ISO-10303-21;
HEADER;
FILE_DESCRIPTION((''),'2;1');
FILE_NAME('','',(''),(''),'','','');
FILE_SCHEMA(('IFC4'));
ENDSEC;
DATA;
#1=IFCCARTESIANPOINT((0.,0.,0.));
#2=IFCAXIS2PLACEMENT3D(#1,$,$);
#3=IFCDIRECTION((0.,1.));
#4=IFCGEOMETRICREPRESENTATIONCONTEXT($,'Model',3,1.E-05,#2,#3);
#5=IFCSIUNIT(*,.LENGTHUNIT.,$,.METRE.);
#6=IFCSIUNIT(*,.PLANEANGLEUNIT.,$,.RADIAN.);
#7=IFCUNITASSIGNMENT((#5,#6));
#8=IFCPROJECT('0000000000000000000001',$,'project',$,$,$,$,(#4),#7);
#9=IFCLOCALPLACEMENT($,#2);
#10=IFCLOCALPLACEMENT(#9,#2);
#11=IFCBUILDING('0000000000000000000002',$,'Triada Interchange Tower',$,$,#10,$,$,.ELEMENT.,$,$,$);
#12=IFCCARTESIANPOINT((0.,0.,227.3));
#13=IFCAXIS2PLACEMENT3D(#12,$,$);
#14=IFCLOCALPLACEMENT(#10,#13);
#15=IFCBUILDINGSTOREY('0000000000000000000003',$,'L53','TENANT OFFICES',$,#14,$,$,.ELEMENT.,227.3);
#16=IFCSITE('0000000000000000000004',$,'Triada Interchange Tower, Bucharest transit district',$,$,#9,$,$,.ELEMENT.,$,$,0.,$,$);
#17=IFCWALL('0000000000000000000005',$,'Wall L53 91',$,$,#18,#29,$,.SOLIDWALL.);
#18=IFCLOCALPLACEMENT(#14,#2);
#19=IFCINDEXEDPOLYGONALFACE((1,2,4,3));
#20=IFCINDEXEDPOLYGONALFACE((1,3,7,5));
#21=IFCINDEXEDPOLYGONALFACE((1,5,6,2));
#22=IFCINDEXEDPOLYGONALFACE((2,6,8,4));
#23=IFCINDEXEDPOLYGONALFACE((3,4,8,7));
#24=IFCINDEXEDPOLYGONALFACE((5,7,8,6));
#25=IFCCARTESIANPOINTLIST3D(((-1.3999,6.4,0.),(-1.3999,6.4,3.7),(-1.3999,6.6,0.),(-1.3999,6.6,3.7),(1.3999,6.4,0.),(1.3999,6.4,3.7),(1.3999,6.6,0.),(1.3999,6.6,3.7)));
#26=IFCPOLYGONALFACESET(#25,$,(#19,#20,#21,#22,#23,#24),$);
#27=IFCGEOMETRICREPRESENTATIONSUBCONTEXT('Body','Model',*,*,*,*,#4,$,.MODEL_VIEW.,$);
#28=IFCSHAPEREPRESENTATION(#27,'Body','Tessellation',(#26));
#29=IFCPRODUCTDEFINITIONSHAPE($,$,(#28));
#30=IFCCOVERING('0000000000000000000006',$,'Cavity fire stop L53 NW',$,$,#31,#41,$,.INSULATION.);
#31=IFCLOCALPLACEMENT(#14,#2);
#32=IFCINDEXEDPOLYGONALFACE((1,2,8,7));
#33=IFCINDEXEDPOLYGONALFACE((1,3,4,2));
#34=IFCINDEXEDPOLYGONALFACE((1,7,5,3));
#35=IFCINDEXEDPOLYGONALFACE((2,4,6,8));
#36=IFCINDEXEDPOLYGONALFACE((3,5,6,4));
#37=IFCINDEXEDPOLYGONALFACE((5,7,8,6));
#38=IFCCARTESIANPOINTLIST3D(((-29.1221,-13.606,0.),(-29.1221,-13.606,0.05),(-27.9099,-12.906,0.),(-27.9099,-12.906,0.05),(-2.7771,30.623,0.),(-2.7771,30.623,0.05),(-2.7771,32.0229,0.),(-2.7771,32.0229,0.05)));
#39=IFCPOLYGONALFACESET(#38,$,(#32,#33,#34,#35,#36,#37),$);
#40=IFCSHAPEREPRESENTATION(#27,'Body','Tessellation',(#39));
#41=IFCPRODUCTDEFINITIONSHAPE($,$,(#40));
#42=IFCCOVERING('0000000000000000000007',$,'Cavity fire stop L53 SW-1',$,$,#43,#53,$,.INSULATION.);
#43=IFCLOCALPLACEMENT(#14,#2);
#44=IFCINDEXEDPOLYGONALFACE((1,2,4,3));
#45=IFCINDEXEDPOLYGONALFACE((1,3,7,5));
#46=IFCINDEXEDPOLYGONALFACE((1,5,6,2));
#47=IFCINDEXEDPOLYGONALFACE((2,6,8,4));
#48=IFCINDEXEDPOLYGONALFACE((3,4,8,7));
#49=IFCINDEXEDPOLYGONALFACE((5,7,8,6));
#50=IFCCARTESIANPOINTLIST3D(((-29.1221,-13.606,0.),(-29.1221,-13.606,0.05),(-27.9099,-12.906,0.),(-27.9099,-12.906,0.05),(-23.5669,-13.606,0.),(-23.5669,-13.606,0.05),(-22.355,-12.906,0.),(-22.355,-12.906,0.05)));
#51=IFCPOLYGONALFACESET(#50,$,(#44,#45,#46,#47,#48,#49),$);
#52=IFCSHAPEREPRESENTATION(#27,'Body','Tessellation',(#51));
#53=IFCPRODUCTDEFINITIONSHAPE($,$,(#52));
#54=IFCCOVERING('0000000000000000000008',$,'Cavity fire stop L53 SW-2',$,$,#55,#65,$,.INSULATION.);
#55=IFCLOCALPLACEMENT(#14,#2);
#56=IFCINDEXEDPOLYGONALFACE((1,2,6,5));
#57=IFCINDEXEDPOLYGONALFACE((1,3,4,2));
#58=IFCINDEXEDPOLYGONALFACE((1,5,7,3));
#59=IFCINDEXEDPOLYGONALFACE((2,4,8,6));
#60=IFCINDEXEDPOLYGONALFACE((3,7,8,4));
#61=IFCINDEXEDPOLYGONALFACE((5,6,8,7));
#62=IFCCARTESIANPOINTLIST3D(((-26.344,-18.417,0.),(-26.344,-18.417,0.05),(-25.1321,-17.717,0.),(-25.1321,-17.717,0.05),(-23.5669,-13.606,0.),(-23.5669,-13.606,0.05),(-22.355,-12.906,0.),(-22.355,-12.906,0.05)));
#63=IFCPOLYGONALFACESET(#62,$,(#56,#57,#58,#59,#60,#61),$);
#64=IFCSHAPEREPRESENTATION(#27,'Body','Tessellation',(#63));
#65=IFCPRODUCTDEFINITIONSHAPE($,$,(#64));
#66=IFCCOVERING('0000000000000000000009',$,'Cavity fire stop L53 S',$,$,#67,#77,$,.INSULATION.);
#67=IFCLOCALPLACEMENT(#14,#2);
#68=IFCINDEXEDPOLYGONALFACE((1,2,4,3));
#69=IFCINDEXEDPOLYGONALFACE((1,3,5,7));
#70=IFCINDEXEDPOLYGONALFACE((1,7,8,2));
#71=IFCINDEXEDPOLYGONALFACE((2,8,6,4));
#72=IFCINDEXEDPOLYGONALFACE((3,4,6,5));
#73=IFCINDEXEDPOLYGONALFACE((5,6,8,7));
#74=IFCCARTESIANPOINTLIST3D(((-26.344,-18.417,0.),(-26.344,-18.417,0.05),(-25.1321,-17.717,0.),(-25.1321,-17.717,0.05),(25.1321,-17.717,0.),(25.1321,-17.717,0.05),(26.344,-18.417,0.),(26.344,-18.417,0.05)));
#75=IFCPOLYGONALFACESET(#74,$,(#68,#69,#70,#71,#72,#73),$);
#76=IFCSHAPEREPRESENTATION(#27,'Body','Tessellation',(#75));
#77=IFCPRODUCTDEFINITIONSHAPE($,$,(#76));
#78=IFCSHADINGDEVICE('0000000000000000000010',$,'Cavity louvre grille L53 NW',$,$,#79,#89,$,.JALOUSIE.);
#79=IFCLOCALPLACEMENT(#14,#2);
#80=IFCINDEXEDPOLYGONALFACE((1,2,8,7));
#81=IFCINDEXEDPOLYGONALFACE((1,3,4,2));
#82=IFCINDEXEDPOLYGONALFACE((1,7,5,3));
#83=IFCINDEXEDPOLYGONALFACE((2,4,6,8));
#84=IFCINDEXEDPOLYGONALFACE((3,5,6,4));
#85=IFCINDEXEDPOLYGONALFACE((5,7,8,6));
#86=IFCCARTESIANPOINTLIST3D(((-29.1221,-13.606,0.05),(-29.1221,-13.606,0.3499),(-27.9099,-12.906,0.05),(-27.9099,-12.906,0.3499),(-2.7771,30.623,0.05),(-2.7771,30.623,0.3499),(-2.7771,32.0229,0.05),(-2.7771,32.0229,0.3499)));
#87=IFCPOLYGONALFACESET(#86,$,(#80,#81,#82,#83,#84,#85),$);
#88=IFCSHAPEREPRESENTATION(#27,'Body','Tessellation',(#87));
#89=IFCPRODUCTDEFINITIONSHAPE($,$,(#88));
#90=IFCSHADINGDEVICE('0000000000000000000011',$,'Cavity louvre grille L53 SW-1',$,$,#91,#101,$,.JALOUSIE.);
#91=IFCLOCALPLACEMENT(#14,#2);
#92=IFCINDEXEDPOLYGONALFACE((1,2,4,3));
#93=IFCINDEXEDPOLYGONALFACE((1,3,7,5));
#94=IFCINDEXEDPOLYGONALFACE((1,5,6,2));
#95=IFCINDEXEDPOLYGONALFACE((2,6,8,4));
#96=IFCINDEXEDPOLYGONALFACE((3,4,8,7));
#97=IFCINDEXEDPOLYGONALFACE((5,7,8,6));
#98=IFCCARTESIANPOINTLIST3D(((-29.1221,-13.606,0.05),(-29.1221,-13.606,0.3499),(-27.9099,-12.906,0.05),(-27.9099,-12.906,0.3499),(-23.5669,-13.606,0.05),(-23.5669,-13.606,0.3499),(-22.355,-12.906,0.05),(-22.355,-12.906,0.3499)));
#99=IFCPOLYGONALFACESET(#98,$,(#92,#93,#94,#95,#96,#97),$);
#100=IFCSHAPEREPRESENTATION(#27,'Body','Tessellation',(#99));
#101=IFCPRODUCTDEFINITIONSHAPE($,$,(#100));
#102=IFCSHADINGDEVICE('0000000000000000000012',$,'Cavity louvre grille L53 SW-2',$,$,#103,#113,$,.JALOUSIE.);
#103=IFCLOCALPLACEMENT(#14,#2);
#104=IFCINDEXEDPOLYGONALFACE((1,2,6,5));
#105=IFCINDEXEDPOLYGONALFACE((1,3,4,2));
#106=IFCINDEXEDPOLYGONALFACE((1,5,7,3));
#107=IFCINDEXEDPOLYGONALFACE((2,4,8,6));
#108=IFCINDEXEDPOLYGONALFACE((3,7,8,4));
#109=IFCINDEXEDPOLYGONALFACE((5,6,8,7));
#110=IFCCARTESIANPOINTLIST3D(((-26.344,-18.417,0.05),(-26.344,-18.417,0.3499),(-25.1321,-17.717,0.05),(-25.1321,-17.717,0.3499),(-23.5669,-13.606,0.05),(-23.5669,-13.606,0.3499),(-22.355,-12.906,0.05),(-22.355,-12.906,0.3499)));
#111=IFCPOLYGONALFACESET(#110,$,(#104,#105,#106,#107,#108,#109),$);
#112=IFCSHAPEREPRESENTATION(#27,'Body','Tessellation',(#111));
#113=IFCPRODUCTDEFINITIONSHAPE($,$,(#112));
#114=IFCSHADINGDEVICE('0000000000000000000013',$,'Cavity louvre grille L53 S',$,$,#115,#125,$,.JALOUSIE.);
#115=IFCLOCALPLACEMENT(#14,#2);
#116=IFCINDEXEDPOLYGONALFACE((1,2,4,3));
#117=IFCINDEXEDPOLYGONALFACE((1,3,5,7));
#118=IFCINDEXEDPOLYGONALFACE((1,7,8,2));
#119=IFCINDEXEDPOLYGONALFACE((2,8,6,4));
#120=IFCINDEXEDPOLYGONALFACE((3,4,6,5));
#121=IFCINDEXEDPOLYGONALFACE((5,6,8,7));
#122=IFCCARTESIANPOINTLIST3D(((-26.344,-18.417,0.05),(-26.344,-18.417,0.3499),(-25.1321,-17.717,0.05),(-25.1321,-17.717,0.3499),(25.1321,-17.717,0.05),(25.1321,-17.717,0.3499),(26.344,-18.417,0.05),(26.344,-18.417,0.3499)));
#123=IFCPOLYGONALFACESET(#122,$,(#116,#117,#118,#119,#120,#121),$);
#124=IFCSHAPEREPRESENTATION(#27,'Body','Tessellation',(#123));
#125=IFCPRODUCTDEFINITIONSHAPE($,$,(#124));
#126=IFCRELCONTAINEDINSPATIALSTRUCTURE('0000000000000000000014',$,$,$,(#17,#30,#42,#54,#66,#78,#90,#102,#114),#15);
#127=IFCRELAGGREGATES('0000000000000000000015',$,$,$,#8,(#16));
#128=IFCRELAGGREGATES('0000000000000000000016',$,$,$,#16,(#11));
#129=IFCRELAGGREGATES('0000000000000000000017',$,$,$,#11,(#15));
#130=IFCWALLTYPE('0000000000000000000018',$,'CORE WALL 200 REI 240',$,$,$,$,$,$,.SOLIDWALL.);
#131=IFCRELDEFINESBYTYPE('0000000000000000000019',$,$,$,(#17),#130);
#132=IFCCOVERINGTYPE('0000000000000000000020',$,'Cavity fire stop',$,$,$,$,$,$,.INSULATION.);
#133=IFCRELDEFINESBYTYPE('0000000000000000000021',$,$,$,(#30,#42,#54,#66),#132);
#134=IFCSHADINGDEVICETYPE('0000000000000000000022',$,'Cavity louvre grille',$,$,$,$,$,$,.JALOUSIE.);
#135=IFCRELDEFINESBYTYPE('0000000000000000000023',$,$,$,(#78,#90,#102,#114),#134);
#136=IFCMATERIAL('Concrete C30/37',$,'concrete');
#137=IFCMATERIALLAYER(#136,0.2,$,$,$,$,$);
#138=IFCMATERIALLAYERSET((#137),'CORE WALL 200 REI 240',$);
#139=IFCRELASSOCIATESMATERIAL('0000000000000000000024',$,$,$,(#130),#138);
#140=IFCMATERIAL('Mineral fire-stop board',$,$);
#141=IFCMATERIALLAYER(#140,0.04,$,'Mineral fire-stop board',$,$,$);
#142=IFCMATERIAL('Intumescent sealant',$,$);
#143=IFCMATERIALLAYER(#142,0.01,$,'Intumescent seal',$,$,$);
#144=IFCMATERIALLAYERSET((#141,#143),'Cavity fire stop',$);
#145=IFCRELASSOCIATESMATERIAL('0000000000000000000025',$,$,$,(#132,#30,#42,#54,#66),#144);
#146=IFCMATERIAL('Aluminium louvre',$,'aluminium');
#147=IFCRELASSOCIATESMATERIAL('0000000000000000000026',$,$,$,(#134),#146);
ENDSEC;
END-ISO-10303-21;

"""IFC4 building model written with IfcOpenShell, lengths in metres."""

from ifc_helpers import new_model, si_unit, direction, frame, frame_2d, origin, place, context, subcontext, project, spatial, polyline, rectangle, outline, extrude, material, layer, layer_set, layer_usage, type_object, element, save


model = new_model("IFC4")

# Units and contexts
model_context = context("Model", 3, precision=1e-05, world=origin(), true_north=direction((0.0, 1.0)))
body_context = subcontext(model_context, "Body", "Model", "MODEL_VIEW")
ifc_project = project(units=[si_unit("LENGTHUNIT", "METRE"), si_unit("PLANEANGLEUNIT", "RADIAN")], contexts=[model_context])

# Site, building, storey
site_placement = place(None, origin())
site = spatial("IfcSite", under=ifc_project, at=site_placement, Name="Triada Interchange Tower, Bucharest transit district", CompositionType="ELEMENT", RefElevation=0.0)
building_placement = place(site_placement, origin())
building = spatial("IfcBuilding", under=site, at=building_placement, Name="Triada Interchange Tower", CompositionType="ELEMENT")
storey_placement = place(building_placement, frame((0.0, 0.0, 227.3)))
storey = spatial("IfcBuildingStorey", under=building, at=storey_placement, Name="L53", Description="TENANT OFFICES", CompositionType="ELEMENT", Elevation=227.3)

# Shared definitions
ifc_material_1 = material(Name="Concrete C30/37", Category="concrete")

# Wall
ifc_layer_1 = layer(ifc_material_1, 0.2)
ifc_layer_set_1 = layer_set([ifc_layer_1], Name="CORE WALL 200 REI 240")
wall_type_1 = type_object("IfcWallType", Name="CORE WALL 200 REI 240", PredefinedType="SOLIDWALL", material=ifc_layer_set_1)
wall_1_placement = place(storey_placement, frame((-1.3999, 6.5, 0.0), z_axis=(0.0, 0.0, 1.0), x_axis=(1.0, 0.0, 0.0)))
element("IfcWall", 1, at=wall_1_placement, inside=storey, type_object=wall_type_1, Name="Wall L53 91", PredefinedType="SOLIDWALL", context=body_context, shape_type="SweptSolid", body=[
    extrude(rectangle(XDim=2.7998, YDim=0.2, at=frame_2d((1.3999, 0.0))), origin(), (0.0, 0.0, 1.0), 3.7),
])

# Coverings
ifc_material_2 = material(Name="Mineral fire-stop board")
ifc_layer_2 = layer(ifc_material_2, 0.04, Name="Mineral fire-stop board")
ifc_material_3 = material(Name="Intumescent sealant")
ifc_layer_3 = layer(ifc_material_3, 0.01, Name="Intumescent seal")
ifc_layer_set_2 = layer_set([ifc_layer_2, ifc_layer_3], Name="Cavity fire stop")
ifc_layer_usage = layer_usage(ifc_layer_set_2, "AXIS3", "POSITIVE", 0.0)
covering_type = type_object("IfcCoveringType", Name="Cavity fire stop", PredefinedType="INSULATION", material=ifc_layer_set_2)
covering_1_placement = place(storey_placement, origin())
element("IfcCovering", 2, at=covering_1_placement, inside=storey, type_object=covering_type, material=ifc_layer_usage, Name="Cavity fire stop L53 NW", PredefinedType="INSULATION", context=body_context, shape_type="SweptSolid", body=[
    extrude(outline(polyline([(-2.7771, 30.623), (-2.7771, 32.0229), (-29.1221, -13.606), (-27.9099, -12.906), (-2.7771, 30.623)])), origin(), (0.0, 0.0, 1.0), 0.05),
])
covering_2_placement = place(storey_placement, origin())
element("IfcCovering", 3, at=covering_2_placement, inside=storey, type_object=covering_type, material=ifc_layer_usage, Name="Cavity fire stop L53 SW-1", PredefinedType="INSULATION", context=body_context, shape_type="SweptSolid", body=[
    extrude(outline(polyline([(-27.9099, -12.906), (-29.1221, -13.606), (-23.5669, -13.606), (-22.355, -12.906), (-27.9099, -12.906)])), origin(), (0.0, 0.0, 1.0), 0.05),
])
covering_3_placement = place(storey_placement, origin())
element("IfcCovering", 4, at=covering_3_placement, inside=storey, type_object=covering_type, material=ifc_layer_usage, Name="Cavity fire stop L53 SW-2", PredefinedType="INSULATION", context=body_context, shape_type="SweptSolid", body=[
    extrude(outline(polyline([(-22.355, -12.906), (-23.5669, -13.606), (-26.344, -18.417), (-25.1321, -17.717), (-22.355, -12.906)])), origin(), (0.0, 0.0, 1.0), 0.05),
])
covering_4_placement = place(storey_placement, origin())
element("IfcCovering", 5, at=covering_4_placement, inside=storey, type_object=covering_type, material=ifc_layer_usage, Name="Cavity fire stop L53 S", PredefinedType="INSULATION", context=body_context, shape_type="SweptSolid", body=[
    extrude(outline(polyline([(-25.1321, -17.717), (-26.344, -18.417), (26.344, -18.417), (25.1321, -17.717), (-25.1321, -17.717)])), origin(), (0.0, 0.0, 1.0), 0.05),
])

# Shading devices
ifc_material_4 = material(Name="Aluminium louvre", Category="aluminium")
shading_device_type = type_object("IfcShadingDeviceType", Name="Cavity louvre grille", PredefinedType="JALOUSIE", material=ifc_material_4)
shading_device_1_placement = place(storey_placement, frame((0.0, 0.0, 0.05)))
element("IfcShadingDevice", 6, at=shading_device_1_placement, inside=storey, type_object=shading_device_type, Name="Cavity louvre grille L53 NW", PredefinedType="JALOUSIE", context=body_context, shape_type="SweptSolid", body=[
    extrude(outline(polyline([(-2.7771, 30.623), (-2.7771, 32.0229), (-29.1221, -13.606), (-27.9099, -12.906), (-2.7771, 30.623)])), origin(), (0.0, 0.0, 1.0), 0.2998),
])
shading_device_2_placement = place(storey_placement, frame((0.0, 0.0, 0.05)))
element("IfcShadingDevice", 7, at=shading_device_2_placement, inside=storey, type_object=shading_device_type, Name="Cavity louvre grille L53 SW-1", PredefinedType="JALOUSIE", context=body_context, shape_type="SweptSolid", body=[
    extrude(outline(polyline([(-27.9099, -12.906), (-29.1221, -13.606), (-23.5669, -13.606), (-22.355, -12.906), (-27.9099, -12.906)])), origin(), (0.0, 0.0, 1.0), 0.2998),
])
shading_device_3_placement = place(storey_placement, frame((0.0, 0.0, 0.05)))
element("IfcShadingDevice", 8, at=shading_device_3_placement, inside=storey, type_object=shading_device_type, Name="Cavity louvre grille L53 SW-2", PredefinedType="JALOUSIE", context=body_context, shape_type="SweptSolid", body=[
    extrude(outline(polyline([(-22.355, -12.906), (-23.5669, -13.606), (-26.344, -18.417), (-25.1321, -17.717), (-22.355, -12.906)])), origin(), (0.0, 0.0, 1.0), 0.2998),
])
shading_device_4_placement = place(storey_placement, frame((0.0, 0.0, 0.05)))
element("IfcShadingDevice", 9, at=shading_device_4_placement, inside=storey, type_object=shading_device_type, Name="Cavity louvre grille L53 S", PredefinedType="JALOUSIE", context=body_context, shape_type="SweptSolid", body=[
    extrude(outline(polyline([(-25.1321, -17.717), (-26.344, -18.417), (26.344, -18.417), (25.1321, -17.717), (-25.1321, -17.717)])), origin(), (0.0, 0.0, 1.0), 0.2998),
])

save(model, "model.ifc")
